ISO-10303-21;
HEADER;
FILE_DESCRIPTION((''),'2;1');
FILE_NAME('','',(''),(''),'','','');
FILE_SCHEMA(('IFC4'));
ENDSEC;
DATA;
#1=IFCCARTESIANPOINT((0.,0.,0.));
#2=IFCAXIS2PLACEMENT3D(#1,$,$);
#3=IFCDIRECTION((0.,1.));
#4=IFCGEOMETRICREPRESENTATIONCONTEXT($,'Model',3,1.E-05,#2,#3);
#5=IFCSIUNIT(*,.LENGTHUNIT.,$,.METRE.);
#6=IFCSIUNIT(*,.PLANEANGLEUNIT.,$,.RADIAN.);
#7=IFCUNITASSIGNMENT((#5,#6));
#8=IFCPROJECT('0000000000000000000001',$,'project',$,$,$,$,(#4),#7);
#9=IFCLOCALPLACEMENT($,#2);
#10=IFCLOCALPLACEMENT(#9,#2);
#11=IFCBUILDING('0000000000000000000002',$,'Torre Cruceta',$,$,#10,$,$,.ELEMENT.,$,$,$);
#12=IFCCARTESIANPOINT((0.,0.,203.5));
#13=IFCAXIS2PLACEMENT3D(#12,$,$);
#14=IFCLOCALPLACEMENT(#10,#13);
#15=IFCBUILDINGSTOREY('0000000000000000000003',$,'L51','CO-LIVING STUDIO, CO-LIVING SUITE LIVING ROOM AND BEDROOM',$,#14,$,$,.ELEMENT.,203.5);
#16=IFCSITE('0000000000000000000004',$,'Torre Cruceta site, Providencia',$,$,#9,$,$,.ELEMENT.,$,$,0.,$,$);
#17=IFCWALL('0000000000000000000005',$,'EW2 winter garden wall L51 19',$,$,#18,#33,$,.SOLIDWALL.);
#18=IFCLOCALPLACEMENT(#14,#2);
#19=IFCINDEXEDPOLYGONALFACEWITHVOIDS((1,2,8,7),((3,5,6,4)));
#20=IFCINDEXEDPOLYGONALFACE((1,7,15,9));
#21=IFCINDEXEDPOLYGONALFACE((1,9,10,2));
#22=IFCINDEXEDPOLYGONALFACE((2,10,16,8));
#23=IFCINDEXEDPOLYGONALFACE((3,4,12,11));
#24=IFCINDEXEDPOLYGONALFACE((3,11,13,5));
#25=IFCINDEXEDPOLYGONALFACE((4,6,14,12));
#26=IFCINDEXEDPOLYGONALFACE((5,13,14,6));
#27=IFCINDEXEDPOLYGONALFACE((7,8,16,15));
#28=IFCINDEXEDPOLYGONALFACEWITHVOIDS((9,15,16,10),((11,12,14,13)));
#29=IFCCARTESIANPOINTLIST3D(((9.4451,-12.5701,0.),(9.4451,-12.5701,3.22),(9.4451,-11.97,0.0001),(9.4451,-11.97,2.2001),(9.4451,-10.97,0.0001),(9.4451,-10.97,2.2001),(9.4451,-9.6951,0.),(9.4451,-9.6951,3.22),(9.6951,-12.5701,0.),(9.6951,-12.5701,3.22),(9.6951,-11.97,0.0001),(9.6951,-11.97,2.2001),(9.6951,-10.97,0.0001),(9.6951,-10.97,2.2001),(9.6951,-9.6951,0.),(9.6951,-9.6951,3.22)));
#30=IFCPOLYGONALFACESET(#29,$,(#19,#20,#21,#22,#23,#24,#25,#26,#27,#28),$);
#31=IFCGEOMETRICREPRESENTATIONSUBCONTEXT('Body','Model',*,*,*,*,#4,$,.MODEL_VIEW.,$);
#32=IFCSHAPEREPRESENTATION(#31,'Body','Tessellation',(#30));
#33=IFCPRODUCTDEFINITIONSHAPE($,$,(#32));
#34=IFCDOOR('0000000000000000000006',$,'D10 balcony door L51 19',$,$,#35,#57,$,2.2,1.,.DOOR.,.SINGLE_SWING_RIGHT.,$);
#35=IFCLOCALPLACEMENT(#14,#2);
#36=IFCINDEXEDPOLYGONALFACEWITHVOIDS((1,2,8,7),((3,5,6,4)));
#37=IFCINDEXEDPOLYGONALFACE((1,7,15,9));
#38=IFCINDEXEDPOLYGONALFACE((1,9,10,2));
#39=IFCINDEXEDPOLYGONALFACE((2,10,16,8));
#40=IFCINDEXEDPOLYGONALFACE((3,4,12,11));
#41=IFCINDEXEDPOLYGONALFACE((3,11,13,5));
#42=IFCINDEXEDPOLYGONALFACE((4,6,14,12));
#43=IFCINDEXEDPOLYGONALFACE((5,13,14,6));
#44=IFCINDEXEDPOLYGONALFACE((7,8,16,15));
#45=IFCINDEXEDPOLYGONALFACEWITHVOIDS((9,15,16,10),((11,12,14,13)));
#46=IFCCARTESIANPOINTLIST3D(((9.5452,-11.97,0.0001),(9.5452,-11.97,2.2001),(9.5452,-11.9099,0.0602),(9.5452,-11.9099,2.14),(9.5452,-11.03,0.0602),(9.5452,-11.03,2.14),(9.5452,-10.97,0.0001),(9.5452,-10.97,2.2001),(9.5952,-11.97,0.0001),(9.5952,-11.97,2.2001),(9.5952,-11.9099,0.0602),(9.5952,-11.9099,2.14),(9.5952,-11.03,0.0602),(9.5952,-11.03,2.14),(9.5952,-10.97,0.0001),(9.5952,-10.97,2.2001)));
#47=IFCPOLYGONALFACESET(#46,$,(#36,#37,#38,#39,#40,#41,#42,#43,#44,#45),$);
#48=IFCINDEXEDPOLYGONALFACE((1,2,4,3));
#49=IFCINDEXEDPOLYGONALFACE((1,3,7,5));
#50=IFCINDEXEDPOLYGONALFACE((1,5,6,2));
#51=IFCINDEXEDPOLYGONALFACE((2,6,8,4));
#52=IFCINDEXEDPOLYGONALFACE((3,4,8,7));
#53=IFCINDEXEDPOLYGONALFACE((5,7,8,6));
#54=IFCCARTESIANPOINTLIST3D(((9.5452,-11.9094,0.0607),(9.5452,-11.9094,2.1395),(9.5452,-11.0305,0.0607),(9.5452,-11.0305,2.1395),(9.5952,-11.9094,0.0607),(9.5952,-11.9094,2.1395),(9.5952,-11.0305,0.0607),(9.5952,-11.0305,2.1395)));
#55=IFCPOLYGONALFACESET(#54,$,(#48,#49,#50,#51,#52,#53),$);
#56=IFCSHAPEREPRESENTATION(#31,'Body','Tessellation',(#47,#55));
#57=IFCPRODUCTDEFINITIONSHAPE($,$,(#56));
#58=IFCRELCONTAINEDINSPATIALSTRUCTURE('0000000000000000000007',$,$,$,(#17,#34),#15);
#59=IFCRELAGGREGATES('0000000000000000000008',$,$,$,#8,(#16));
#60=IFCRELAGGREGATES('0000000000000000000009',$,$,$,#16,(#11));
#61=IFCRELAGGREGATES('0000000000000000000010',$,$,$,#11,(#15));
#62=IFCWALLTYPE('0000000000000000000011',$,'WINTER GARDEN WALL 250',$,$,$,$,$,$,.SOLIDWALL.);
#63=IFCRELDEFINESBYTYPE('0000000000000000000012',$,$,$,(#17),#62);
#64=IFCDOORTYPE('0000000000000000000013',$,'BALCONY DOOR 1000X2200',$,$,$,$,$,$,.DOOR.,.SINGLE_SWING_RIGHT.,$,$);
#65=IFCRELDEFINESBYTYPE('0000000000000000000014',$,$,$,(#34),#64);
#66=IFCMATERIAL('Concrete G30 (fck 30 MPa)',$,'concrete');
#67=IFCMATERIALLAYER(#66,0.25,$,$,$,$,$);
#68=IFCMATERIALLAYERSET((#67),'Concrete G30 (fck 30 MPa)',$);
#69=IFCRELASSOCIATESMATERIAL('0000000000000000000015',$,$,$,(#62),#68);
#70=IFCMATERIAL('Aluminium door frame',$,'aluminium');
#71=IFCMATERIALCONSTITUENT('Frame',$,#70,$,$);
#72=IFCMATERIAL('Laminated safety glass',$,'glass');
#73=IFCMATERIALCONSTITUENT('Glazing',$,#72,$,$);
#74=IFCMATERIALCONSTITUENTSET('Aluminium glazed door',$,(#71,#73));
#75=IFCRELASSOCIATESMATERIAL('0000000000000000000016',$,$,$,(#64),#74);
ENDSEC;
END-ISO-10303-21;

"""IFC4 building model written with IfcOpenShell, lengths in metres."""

from ifc_helpers import new_model, si_unit, direction, frame, frame_2d, origin, place, context, subcontext, project, spatial, rectangle, hollow_rectangle, extrude, material, layer, layer_set, constituent, constituent_set, type_object, element, fill, save


model = new_model("IFC4")

# Units and contexts
model_context = context("Model", 3, precision=1e-05, world=origin(), true_north=direction((0.0, 1.0)))
body_context = subcontext(model_context, "Body", "Model", "MODEL_VIEW")
ifc_project = project(units=[si_unit("LENGTHUNIT", "METRE"), si_unit("PLANEANGLEUNIT", "RADIAN")], contexts=[model_context])

# Site, building, storey
site_placement = place(None, origin())
site = spatial("IfcSite", under=ifc_project, at=site_placement, Name="Torre Cruceta site, Providencia", CompositionType="ELEMENT", RefElevation=0.0)
building_placement = place(site_placement, origin())
building = spatial("IfcBuilding", under=site, at=building_placement, Name="Torre Cruceta", CompositionType="ELEMENT")
storey_placement = place(building_placement, frame((0.0, 0.0, 203.5)))
storey = spatial("IfcBuildingStorey", under=building, at=storey_placement, Name="L51", Description="CO-LIVING STUDIO, CO-LIVING SUITE LIVING ROOM AND BEDROOM", CompositionType="ELEMENT", Elevation=203.5)

# Wall, opening, door
ifc_material_1 = material(Name="Concrete G30 (fck 30 MPa)", Category="concrete")
ifc_layer_1 = layer(ifc_material_1, 0.25)
ifc_layer_set_1 = layer_set([ifc_layer_1], Name="Concrete G30 (fck 30 MPa)")
wall_type_1 = type_object("IfcWallType", Name="WINTER GARDEN WALL 250", PredefinedType="SOLIDWALL", material=ifc_layer_set_1)
ifc_material_2 = material(Name="Aluminium door frame", Category="aluminium")
ifc_constituent_1 = constituent(ifc_material_2, Name="Frame")
ifc_material_3 = material(Name="Laminated safety glass", Category="glass")
ifc_constituent_2 = constituent(ifc_material_3, Name="Glazing")
ifc_constituent_set_1 = constituent_set(constituents=[ifc_constituent_1, ifc_constituent_2], Name="Aluminium glazed door")
door_type_1 = type_object("IfcDoorType", Name="BALCONY DOOR 1000X2200", OperationType="SINGLE_SWING_RIGHT", PredefinedType="DOOR", material=ifc_constituent_set_1)
wall_1_placement = place(storey_placement, frame((9.5701, -12.5701, 0.0), z_axis=(0.0, 0.0, 1.0), x_axis=(0.0, 1.0, 0.0)))
wall_1 = element("IfcWall", 1, at=wall_1_placement, inside=storey, type_object=wall_type_1, Name="EW2 winter garden wall L51 19", PredefinedType="SOLIDWALL", context=body_context, shape_type="SweptSolid", body=[
    extrude(rectangle(XDim=2.875, YDim=0.25, at=frame_2d((1.4375, 0.0))), origin(), (0.0, 0.0, 1.0), 3.22),
])
opening_1_placement = place(wall_1_placement, frame((0.6001, 0.0, 0.0)))
opening_1 = element("IfcOpeningElement", 2, at=opening_1_placement, cuts=wall_1, PredefinedType="OPENING", context=body_context, shape_type="SweptSolid", body=[
    extrude(rectangle(XDim=1.0, YDim=2.2, at=frame_2d((0.5, 1.1001))), frame((0.0, 0.135, 0.0), z_axis=(0.0, -1.0, 0.0), x_axis=(1.0, 0.0, 0.0)), (0.0, 0.0, 1.0), 0.27),
])
door_1_placement = place(opening_1_placement, origin())
door_1 = element("IfcDoor", 3, at=door_1_placement, inside=storey, type_object=door_type_1, Name="D10 balcony door L51 19", OperationType="SINGLE_SWING_RIGHT", OverallHeight=2.2, OverallWidth=1.0, PredefinedType="DOOR", context=body_context, shape_type="SweptSolid", body=[
    extrude(hollow_rectangle(XDim=1.0, YDim=2.2, WallThickness=0.0601, at=frame_2d((0.5, 1.1001))), frame((0.0, 0.0249, 0.0), z_axis=(0.0, -1.0, 0.0), x_axis=(1.0, 0.0, 0.0)), (0.0, 0.0, 1.0), 0.05),
    extrude(rectangle(XDim=0.8789, YDim=2.0789, at=frame_2d((0.5, 1.1001))), frame((0.0, 0.0249, 0.0), z_axis=(0.0, -1.0, 0.0), x_axis=(1.0, 0.0, 0.0)), (0.0, 0.0, 1.0), 0.05),
])
fill(opening_1, door_1)

save(model, "model.ifc")
